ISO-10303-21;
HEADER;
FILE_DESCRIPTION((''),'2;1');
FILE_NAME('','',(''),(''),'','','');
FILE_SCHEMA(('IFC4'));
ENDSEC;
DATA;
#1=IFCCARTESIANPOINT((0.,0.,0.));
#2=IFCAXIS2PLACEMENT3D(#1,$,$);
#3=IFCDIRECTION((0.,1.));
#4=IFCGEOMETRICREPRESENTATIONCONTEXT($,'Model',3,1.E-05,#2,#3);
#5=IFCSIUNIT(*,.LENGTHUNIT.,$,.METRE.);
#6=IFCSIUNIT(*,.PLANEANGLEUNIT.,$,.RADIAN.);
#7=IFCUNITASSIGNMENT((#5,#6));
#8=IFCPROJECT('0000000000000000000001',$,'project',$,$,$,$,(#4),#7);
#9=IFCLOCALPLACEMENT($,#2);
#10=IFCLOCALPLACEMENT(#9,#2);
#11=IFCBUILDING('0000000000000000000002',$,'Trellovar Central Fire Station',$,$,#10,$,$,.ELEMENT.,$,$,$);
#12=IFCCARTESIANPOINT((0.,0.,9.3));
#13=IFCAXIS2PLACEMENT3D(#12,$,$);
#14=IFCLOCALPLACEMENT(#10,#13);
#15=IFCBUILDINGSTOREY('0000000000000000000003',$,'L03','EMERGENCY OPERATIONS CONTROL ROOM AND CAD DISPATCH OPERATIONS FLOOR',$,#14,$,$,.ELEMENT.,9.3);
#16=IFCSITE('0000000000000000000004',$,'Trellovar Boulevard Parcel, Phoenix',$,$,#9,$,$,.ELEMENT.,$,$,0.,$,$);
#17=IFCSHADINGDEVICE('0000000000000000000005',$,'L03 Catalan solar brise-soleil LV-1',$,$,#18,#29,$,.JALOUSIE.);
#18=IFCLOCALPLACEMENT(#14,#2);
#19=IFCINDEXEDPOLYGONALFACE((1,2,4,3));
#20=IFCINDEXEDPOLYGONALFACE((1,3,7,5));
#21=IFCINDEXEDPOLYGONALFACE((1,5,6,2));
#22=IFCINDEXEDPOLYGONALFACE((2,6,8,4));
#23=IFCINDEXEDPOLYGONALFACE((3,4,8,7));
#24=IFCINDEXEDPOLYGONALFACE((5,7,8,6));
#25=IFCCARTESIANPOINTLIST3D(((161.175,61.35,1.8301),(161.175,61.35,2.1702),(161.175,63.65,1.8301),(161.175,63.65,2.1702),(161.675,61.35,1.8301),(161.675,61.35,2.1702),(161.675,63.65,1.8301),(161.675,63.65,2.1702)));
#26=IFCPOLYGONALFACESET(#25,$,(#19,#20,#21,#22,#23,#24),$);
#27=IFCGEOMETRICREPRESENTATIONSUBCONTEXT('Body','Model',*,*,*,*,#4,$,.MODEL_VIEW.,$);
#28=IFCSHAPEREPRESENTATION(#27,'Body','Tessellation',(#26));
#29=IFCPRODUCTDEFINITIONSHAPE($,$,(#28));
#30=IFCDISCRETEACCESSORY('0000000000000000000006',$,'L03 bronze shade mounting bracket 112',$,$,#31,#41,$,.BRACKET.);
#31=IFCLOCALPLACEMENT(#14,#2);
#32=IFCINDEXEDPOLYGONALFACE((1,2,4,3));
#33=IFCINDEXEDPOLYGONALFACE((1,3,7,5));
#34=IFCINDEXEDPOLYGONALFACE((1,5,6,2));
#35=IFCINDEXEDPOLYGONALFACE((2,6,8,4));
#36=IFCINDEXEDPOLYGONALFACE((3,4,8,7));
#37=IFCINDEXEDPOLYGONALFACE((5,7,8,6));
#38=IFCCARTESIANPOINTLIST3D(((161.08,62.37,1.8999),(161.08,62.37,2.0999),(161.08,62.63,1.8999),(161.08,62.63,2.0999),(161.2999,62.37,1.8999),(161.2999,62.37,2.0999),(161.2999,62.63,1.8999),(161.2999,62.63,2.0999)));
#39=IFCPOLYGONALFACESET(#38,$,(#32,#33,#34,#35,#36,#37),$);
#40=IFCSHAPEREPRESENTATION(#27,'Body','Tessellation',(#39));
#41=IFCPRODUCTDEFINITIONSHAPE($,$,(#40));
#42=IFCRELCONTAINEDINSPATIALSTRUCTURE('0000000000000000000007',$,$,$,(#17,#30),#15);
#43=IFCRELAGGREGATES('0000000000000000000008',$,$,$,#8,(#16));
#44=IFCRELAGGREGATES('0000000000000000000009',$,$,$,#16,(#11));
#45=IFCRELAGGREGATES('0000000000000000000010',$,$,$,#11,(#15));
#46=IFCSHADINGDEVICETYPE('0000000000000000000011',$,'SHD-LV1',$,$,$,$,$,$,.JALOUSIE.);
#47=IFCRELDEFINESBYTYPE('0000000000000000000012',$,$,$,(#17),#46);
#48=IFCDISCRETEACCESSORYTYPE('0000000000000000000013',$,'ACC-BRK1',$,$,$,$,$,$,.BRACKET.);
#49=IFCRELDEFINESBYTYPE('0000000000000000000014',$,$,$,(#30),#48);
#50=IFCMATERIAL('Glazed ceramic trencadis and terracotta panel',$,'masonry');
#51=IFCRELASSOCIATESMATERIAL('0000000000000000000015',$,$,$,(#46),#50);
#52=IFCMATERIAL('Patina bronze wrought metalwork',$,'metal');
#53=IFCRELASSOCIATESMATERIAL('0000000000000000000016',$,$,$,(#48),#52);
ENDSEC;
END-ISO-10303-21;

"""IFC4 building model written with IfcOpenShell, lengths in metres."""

from ifc_helpers import new_model, si_unit, direction, frame, origin, origin_2d, place, context, subcontext, project, spatial, rectangle, extrude, material, type_object, element, save


model = new_model("IFC4")

# Units and contexts
model_context = context("Model", 3, precision=1e-05, world=origin(), true_north=direction((0.0, 1.0)))
body_context = subcontext(model_context, "Body", "Model", "MODEL_VIEW")
ifc_project = project(units=[si_unit("LENGTHUNIT", "METRE"), si_unit("PLANEANGLEUNIT", "RADIAN")], contexts=[model_context])

# Site, building, storey
site_placement = place(None, origin())
site = spatial("IfcSite", under=ifc_project, at=site_placement, Name="Trellovar Boulevard Parcel, Phoenix", CompositionType="ELEMENT", RefElevation=0.0)
building_placement = place(site_placement, origin())
building = spatial("IfcBuilding", under=site, at=building_placement, Name="Trellovar Central Fire Station", CompositionType="ELEMENT")
storey_placement = place(building_placement, frame((0.0, 0.0, 9.3)))
storey = spatial("IfcBuildingStorey", under=building, at=storey_placement, Name="L03", Description="EMERGENCY OPERATIONS CONTROL ROOM AND CAD DISPATCH OPERATIONS FLOOR", CompositionType="ELEMENT", Elevation=9.3)

# Shading device
ifc_material_1 = material(Name="Glazed ceramic trencadis and terracotta panel", Category="masonry")
shading_device_type = type_object("IfcShadingDeviceType", Name="SHD-LV1", PredefinedType="JALOUSIE", material=ifc_material_1)
shading_device_placement = place(storey_placement, frame((161.425, 62.5, 1.8301), z_axis=(0.0, 0.0, 1.0), x_axis=(0.0, 1.0, 0.0)))
element("IfcShadingDevice", 1, at=shading_device_placement, inside=storey, type_object=shading_device_type, Name="L03 Catalan solar brise-soleil LV-1", PredefinedType="JALOUSIE", context=body_context, shape_type="SweptSolid", body=[
    extrude(rectangle(XDim=2.3, YDim=0.5, at=origin_2d()), origin(), (0.0, 0.0, 1.0), 0.3401),
])

# Discrete accessory
ifc_material_2 = material(Name="Patina bronze wrought metalwork", Category="metal")
discrete_accessory_type = type_object("IfcDiscreteAccessoryType", Name="ACC-BRK1", PredefinedType="BRACKET", material=ifc_material_2)
discrete_accessory_placement = place(storey_placement, frame((161.1899, 62.5, 1.8999), z_axis=(0.0, 0.0, 1.0), x_axis=(0.0, 1.0, 0.0)))
element("IfcDiscreteAccessory", 2, at=discrete_accessory_placement, inside=storey, type_object=discrete_accessory_type, Name="L03 bronze shade mounting bracket 112", PredefinedType="BRACKET", context=body_context, shape_type="SweptSolid", body=[
    extrude(rectangle(XDim=0.26, YDim=0.22, at=origin_2d()), origin(), (0.0, 0.0, 1.0), 0.2),
])

save(model, "model.ifc")
